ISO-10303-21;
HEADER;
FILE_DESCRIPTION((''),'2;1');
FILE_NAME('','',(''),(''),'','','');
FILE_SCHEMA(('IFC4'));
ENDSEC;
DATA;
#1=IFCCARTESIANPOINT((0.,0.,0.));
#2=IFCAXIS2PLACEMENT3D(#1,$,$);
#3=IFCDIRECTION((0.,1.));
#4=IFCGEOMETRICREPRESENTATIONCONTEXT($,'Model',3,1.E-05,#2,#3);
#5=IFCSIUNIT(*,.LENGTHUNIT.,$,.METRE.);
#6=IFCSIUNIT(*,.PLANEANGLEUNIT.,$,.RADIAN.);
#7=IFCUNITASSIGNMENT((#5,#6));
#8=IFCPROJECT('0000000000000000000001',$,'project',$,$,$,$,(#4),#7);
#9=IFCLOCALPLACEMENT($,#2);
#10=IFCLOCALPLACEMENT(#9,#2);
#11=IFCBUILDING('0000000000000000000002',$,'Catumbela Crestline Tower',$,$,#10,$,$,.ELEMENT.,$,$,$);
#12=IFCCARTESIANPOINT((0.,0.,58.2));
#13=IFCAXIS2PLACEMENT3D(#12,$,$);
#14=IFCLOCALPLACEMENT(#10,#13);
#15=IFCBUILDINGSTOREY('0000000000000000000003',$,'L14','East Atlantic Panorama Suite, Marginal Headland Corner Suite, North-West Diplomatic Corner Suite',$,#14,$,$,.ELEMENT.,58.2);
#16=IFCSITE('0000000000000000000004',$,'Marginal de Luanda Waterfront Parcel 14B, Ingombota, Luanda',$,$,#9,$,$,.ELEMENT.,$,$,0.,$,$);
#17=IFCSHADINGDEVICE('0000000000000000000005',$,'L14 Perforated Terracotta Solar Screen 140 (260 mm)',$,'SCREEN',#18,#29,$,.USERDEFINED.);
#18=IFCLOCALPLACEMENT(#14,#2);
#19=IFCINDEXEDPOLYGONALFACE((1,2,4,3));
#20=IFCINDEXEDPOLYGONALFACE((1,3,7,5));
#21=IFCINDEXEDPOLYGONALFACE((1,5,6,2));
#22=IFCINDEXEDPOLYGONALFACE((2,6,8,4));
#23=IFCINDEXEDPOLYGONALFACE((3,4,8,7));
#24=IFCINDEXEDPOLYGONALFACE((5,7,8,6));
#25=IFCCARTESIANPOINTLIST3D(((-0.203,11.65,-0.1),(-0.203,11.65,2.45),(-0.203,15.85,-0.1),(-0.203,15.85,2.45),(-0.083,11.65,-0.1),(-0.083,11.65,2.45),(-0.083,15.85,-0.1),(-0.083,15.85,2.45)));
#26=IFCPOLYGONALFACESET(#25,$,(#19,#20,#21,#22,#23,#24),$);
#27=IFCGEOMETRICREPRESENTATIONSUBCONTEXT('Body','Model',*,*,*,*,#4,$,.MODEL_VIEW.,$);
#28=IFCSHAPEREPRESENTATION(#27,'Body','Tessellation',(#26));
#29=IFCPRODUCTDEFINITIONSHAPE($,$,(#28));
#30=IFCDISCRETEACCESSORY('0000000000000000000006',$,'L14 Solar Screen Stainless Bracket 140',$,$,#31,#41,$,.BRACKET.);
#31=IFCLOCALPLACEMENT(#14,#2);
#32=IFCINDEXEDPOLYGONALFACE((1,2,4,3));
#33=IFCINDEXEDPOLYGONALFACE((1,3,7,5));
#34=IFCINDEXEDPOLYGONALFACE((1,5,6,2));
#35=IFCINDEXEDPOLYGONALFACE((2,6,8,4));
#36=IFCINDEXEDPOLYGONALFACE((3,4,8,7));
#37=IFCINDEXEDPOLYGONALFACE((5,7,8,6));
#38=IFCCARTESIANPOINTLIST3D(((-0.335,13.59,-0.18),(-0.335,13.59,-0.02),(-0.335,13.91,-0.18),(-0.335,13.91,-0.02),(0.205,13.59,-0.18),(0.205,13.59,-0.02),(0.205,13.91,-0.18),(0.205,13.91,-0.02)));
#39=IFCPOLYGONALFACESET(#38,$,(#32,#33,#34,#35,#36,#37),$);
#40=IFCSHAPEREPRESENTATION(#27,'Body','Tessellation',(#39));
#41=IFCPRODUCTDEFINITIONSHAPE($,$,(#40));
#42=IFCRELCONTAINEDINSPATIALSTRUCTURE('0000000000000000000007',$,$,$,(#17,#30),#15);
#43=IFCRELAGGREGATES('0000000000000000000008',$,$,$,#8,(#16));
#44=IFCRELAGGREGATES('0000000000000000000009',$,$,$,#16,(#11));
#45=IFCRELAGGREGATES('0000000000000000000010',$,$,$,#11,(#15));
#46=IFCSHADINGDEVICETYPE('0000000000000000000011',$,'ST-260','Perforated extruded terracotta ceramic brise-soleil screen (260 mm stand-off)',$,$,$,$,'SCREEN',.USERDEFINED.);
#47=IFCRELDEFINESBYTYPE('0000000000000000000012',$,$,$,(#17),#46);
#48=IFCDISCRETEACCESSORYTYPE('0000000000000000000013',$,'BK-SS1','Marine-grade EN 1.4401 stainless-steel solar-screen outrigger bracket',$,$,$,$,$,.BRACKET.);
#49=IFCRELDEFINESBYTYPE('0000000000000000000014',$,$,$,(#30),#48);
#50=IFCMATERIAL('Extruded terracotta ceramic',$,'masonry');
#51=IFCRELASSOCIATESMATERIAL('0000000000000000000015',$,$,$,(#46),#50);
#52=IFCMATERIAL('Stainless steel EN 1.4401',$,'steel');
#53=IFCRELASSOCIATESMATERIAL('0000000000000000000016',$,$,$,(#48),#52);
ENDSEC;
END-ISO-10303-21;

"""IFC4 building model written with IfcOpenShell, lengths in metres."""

from ifc_helpers import new_model, si_unit, direction, frame, origin, origin_2d, place, context, subcontext, project, spatial, rectangle, extrude, material, type_object, element, save


model = new_model("IFC4")

# Units and contexts
model_context = context("Model", 3, precision=1e-05, world=origin(), true_north=direction((0.0, 1.0)))
body_context = subcontext(model_context, "Body", "Model", "MODEL_VIEW")
ifc_project = project(units=[si_unit("LENGTHUNIT", "METRE"), si_unit("PLANEANGLEUNIT", "RADIAN")], contexts=[model_context])

# Site, building, storey
site_placement = place(None, origin())
site = spatial("IfcSite", under=ifc_project, at=site_placement, Name="Marginal de Luanda Waterfront Parcel 14B, Ingombota, Luanda", CompositionType="ELEMENT", RefElevation=0.0)
building_placement = place(site_placement, origin())
building = spatial("IfcBuilding", under=site, at=building_placement, Name="Catumbela Crestline Tower", CompositionType="ELEMENT")
storey_placement = place(building_placement, frame((0.0, 0.0, 58.2)))
storey = spatial("IfcBuildingStorey", under=building, at=storey_placement, Name="L14", Description="East Atlantic Panorama Suite, Marginal Headland Corner Suite, North-West Diplomatic Corner Suite", CompositionType="ELEMENT", Elevation=58.2)

# Shading device
ifc_material_1 = material(Name="Extruded terracotta ceramic", Category="masonry")
shading_device_type = type_object("IfcShadingDeviceType", Name="ST-260", Description="Perforated extruded terracotta ceramic brise-soleil screen (260 mm stand-off)", ElementType="SCREEN", PredefinedType="USERDEFINED", material=ifc_material_1)
shading_device_placement = place(storey_placement, frame((-0.143, 13.75, -0.1), z_axis=(0.0, 0.0, 1.0), x_axis=(0.0, -1.0, 0.0)))
element("IfcShadingDevice", 1, at=shading_device_placement, inside=storey, type_object=shading_device_type, Name="L14 Perforated Terracotta Solar Screen 140 (260 mm)", ObjectType="SCREEN", PredefinedType="USERDEFINED", context=body_context, shape_type="SweptSolid", body=[
    extrude(rectangle(XDim=4.2, YDim=0.12, at=origin_2d()), origin(), (0.0, 0.0, 1.0), 2.55),
])

# Discrete accessory
ifc_material_2 = material(Name="Stainless steel EN 1.4401", Category="steel")
discrete_accessory_type = type_object("IfcDiscreteAccessoryType", Name="BK-SS1", Description="Marine-grade EN 1.4401 stainless-steel solar-screen outrigger bracket", PredefinedType="BRACKET", material=ifc_material_2)
discrete_accessory_placement = place(storey_placement, frame((-0.065, 13.75, -0.18), z_axis=(0.0, 0.0, 1.0), x_axis=(0.0, -1.0, 0.0)))
element("IfcDiscreteAccessory", 2, at=discrete_accessory_placement, inside=storey, type_object=discrete_accessory_type, Name="L14 Solar Screen Stainless Bracket 140", PredefinedType="BRACKET", context=body_context, shape_type="SweptSolid", body=[
    extrude(rectangle(XDim=0.32, YDim=0.54, at=origin_2d()), origin(), (0.0, 0.0, 1.0), 0.16),
])

save(model, "model.ifc")
